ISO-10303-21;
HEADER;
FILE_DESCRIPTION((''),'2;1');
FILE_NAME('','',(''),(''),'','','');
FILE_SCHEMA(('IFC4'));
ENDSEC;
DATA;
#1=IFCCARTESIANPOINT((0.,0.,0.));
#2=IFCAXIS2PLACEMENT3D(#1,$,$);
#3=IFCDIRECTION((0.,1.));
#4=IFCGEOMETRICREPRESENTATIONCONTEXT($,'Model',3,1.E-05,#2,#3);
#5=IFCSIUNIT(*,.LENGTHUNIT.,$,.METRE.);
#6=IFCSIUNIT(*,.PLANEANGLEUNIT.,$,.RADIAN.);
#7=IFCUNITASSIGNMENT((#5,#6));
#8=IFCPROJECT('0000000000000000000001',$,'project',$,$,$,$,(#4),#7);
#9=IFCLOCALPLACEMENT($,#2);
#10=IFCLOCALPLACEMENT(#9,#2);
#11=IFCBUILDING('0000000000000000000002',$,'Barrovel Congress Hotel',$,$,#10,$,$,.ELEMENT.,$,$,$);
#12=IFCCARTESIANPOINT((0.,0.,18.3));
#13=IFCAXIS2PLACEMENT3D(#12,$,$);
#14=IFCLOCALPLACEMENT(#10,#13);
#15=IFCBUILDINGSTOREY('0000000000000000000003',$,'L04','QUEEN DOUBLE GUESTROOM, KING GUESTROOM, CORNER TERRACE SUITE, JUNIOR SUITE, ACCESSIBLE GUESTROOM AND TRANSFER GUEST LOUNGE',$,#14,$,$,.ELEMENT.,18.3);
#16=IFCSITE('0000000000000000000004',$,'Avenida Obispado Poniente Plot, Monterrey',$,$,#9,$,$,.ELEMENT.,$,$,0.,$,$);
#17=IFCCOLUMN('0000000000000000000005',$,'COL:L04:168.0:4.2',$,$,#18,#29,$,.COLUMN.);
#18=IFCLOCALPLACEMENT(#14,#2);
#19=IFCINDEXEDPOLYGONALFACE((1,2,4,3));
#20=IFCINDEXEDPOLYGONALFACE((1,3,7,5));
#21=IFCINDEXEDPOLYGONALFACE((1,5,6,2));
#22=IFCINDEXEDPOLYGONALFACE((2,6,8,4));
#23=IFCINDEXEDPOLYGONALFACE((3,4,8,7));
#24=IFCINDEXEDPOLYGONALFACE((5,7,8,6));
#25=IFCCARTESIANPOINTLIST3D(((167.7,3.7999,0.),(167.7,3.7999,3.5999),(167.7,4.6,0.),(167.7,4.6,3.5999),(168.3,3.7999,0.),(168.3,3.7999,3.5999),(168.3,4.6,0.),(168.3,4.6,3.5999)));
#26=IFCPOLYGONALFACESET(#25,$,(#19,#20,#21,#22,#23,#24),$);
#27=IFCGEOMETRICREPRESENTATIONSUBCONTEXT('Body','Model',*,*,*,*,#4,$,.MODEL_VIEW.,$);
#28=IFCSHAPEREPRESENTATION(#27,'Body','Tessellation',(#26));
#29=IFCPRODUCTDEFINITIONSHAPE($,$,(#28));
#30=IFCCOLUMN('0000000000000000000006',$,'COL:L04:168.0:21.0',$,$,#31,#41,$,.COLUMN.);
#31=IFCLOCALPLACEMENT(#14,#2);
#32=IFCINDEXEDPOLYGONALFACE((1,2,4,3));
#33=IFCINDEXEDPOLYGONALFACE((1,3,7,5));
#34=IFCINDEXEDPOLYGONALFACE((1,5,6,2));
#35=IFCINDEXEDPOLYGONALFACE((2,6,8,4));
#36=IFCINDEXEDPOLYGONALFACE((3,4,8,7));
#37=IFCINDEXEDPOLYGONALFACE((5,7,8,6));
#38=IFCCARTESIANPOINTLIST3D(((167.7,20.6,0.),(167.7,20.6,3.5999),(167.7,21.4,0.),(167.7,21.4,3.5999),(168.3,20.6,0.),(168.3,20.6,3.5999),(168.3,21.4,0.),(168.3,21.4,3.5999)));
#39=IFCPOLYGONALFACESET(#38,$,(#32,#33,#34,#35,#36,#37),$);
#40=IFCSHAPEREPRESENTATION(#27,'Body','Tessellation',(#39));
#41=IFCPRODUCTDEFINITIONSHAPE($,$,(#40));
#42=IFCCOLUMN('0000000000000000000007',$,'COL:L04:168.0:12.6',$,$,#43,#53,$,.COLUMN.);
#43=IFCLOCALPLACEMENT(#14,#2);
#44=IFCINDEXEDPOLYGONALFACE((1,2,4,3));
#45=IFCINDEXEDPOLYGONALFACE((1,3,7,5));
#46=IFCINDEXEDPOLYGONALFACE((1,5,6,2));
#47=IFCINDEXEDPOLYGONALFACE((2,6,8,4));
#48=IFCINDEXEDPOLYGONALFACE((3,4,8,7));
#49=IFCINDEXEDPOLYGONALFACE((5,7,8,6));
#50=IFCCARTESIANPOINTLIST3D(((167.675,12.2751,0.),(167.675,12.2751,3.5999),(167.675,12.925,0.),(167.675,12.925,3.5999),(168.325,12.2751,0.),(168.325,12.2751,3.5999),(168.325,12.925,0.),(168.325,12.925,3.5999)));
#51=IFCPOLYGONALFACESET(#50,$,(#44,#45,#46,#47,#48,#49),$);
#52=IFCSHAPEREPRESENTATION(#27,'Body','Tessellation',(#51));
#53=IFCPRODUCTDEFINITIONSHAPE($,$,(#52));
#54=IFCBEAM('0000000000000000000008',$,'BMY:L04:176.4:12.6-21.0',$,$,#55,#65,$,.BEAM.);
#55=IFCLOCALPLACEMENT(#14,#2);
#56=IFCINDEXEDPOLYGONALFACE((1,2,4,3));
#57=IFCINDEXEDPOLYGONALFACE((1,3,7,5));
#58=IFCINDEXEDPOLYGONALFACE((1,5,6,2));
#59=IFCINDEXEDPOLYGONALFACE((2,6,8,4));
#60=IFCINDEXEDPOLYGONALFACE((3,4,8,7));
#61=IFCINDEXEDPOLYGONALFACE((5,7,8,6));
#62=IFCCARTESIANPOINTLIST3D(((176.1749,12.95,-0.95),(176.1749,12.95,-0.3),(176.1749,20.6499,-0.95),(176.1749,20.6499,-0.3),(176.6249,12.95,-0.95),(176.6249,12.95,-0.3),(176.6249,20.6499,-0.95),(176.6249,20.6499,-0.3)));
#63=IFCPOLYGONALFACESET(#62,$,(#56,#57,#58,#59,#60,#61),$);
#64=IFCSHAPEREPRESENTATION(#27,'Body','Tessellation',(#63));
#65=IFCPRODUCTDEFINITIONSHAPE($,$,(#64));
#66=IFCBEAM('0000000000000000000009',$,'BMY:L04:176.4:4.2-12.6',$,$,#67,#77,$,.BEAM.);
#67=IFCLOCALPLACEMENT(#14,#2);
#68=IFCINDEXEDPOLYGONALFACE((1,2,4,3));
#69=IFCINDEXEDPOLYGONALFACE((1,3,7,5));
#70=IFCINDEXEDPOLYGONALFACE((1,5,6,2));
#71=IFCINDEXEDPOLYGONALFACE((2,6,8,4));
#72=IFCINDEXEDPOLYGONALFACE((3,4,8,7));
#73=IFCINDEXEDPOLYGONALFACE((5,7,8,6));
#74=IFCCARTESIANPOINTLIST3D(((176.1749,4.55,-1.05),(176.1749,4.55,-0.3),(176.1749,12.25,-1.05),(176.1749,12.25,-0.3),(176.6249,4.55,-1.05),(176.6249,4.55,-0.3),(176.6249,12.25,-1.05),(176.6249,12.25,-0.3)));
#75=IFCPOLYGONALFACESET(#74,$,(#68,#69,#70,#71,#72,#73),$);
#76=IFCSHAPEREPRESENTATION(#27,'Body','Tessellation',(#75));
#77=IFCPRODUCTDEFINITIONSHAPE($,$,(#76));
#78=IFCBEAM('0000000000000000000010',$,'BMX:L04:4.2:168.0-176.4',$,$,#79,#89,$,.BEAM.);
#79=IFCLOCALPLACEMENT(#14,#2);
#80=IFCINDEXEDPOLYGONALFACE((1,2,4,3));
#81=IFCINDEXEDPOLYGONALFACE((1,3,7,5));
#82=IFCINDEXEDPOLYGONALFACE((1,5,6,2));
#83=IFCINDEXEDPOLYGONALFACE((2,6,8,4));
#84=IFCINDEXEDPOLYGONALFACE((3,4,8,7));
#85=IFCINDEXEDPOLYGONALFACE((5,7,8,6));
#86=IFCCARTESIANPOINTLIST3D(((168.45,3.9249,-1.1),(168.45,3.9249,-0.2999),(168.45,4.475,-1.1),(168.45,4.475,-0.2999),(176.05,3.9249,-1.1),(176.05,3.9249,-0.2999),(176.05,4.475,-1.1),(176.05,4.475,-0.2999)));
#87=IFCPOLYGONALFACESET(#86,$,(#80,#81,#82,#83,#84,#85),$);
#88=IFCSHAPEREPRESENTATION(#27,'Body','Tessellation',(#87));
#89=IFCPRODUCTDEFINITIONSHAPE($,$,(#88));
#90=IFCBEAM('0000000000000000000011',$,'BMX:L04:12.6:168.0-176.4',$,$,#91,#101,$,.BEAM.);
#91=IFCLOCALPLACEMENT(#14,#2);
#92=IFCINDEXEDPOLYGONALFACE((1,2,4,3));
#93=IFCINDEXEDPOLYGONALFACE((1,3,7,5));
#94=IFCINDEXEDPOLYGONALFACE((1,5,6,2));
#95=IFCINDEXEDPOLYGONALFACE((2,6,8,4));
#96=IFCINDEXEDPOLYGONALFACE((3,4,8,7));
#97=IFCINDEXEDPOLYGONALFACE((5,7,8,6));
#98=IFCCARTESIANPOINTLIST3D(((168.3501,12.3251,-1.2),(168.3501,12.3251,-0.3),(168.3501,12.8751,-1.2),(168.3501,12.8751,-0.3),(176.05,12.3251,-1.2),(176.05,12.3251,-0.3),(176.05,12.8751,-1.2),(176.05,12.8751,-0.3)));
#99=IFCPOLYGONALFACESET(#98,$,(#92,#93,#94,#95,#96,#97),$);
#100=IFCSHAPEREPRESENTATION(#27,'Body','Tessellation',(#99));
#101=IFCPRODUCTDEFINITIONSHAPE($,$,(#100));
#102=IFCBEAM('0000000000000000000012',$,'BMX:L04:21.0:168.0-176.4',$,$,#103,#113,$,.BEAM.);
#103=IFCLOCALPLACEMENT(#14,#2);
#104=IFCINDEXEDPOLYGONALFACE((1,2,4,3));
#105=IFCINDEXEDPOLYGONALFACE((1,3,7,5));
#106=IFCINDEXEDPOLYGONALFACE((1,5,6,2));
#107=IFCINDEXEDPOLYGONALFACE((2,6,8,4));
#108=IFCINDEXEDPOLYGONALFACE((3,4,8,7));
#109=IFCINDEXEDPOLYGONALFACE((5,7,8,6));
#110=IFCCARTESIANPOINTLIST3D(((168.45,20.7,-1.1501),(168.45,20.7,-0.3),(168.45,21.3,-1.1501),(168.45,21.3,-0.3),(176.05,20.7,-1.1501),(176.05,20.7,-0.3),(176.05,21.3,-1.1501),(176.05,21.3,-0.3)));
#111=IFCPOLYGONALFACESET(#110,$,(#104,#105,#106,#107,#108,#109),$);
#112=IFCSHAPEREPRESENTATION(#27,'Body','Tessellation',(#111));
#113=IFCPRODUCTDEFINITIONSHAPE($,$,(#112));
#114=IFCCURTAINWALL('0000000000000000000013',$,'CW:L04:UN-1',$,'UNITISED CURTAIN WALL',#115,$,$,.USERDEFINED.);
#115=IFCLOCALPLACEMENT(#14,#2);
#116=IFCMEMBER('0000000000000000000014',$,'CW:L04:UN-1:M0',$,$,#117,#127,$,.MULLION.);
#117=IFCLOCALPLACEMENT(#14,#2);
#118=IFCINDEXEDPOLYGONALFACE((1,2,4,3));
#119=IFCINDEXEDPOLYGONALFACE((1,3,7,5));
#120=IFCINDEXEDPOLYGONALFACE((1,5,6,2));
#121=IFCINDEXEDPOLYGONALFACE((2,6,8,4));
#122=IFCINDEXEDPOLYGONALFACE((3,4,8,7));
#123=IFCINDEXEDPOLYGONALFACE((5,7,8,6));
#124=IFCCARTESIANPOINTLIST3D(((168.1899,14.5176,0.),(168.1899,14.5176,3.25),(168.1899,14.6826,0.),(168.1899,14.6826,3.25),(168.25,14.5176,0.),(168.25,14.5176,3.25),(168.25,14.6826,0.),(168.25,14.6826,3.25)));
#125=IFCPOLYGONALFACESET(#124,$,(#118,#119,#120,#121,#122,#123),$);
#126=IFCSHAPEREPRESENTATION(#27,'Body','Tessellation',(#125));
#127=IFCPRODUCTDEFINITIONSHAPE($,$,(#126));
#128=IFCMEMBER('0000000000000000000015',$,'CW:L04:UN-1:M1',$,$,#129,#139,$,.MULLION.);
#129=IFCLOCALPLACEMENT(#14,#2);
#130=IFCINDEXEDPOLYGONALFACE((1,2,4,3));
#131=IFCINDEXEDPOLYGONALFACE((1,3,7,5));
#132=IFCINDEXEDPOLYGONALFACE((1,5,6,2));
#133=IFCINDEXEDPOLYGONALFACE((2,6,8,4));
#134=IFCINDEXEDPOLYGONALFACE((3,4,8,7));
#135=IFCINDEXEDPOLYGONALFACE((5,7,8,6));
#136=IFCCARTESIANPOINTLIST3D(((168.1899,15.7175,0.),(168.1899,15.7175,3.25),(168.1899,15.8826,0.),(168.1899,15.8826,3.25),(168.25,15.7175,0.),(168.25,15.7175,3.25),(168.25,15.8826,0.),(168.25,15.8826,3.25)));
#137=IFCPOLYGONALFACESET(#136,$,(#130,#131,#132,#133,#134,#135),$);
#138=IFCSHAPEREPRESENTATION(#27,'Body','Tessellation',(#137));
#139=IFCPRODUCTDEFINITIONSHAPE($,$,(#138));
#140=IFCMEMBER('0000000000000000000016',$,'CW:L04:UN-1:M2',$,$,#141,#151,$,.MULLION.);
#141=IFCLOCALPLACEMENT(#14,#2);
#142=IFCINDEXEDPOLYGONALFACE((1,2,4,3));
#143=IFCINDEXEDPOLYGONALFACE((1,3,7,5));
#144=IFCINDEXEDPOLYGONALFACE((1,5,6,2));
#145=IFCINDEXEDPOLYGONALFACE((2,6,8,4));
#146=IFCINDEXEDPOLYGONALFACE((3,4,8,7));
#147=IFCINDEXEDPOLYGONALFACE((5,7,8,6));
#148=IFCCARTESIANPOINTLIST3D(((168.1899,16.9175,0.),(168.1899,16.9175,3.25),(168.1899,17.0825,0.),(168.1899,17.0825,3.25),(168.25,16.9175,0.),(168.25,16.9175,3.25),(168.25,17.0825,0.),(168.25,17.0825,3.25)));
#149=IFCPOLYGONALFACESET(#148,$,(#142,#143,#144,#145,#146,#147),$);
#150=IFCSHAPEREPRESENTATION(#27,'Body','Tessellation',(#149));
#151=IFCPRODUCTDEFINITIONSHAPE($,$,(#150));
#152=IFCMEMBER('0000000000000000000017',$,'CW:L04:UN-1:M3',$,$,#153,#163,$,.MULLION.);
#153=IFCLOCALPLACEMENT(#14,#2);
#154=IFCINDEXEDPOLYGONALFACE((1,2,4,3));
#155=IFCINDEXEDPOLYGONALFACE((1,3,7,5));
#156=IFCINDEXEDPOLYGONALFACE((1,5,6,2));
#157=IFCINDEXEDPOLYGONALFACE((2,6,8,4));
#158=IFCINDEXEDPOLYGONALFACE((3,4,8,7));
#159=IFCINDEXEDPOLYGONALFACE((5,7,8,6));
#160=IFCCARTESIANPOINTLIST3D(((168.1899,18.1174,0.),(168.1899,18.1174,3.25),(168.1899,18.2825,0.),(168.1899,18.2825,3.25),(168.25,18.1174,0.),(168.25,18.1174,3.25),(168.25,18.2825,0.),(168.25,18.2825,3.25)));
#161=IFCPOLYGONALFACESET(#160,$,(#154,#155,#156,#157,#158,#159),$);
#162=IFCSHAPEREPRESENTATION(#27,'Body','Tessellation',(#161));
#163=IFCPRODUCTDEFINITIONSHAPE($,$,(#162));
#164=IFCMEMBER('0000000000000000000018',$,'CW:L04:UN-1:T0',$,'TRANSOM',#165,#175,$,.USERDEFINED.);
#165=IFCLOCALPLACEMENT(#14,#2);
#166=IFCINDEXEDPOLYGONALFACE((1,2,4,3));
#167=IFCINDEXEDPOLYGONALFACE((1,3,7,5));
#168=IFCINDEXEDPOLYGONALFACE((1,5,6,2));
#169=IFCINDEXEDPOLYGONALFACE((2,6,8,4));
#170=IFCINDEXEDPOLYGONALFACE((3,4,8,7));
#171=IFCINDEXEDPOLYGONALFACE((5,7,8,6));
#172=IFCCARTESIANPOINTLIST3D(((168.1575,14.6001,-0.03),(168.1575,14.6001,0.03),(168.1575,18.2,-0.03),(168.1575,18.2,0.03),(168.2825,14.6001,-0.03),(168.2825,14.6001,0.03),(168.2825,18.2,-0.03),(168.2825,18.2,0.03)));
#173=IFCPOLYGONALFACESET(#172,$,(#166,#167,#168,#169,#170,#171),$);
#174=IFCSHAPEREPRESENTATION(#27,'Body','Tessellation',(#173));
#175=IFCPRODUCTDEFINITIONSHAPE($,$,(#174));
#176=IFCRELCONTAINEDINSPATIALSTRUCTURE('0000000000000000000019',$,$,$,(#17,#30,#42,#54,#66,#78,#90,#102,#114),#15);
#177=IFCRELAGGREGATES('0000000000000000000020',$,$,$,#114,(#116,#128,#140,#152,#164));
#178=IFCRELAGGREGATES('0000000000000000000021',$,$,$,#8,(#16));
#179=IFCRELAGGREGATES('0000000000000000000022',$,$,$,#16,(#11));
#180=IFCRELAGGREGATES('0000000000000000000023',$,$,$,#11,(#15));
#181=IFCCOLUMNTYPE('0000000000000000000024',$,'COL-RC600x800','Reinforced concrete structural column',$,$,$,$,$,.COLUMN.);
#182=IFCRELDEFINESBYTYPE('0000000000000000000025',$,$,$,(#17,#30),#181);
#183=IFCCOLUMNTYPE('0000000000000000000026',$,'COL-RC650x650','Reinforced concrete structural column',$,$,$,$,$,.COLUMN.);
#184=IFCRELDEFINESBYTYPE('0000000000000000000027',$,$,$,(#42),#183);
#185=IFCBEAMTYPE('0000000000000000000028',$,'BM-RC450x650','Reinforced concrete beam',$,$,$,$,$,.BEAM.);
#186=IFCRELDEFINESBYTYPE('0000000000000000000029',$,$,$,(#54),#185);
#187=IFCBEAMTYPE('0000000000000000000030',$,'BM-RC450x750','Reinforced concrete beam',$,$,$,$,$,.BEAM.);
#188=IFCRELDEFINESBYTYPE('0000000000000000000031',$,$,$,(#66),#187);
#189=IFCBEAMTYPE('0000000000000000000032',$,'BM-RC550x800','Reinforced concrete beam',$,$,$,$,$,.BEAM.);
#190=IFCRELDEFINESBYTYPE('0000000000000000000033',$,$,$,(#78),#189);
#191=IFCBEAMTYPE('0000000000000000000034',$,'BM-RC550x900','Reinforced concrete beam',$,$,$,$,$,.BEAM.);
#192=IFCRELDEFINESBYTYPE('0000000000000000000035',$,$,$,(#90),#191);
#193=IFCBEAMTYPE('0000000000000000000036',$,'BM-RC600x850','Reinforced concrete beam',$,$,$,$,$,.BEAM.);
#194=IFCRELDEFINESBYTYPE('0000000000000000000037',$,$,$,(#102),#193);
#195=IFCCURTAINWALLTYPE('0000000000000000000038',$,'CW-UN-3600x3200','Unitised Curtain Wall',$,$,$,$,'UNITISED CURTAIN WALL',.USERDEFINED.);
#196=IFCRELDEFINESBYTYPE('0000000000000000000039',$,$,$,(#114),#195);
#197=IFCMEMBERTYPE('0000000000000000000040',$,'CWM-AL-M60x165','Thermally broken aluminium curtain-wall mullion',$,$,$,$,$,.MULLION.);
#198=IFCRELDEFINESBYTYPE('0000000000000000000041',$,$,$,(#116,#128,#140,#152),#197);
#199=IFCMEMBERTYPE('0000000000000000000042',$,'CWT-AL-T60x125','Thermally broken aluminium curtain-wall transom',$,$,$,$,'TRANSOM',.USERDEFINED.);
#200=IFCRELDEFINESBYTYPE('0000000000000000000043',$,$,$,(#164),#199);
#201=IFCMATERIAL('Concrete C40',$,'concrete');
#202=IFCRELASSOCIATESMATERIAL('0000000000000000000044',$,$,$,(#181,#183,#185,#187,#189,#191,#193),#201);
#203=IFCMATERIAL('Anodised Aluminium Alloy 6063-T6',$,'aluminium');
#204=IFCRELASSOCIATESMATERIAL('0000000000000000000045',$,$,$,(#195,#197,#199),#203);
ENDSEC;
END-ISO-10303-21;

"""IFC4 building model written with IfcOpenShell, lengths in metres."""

from ifc_helpers import new_model, si_unit, direction, frame, origin, origin_2d, place, context, subcontext, project, spatial, rectangle, extrude, material, material_profile, profile_set, type_object, element, aggregate, save


model = new_model("IFC4")

# Units and contexts
model_context = context("Model", 3, precision=1e-05, world=origin(), true_north=direction((0.0, 1.0)))
body_context = subcontext(model_context, "Body", "Model", "MODEL_VIEW")
ifc_project = project(units=[si_unit("LENGTHUNIT", "METRE"), si_unit("PLANEANGLEUNIT", "RADIAN")], contexts=[model_context])

# Site, building, storey
site_placement = place(None, origin())
site = spatial("IfcSite", under=ifc_project, at=site_placement, Name="Avenida Obispado Poniente Plot, Monterrey", CompositionType="ELEMENT", RefElevation=0.0)
building_placement = place(site_placement, origin())
building = spatial("IfcBuilding", under=site, at=building_placement, Name="Barrovel Congress Hotel", CompositionType="ELEMENT")
storey_placement = place(building_placement, frame((0.0, 0.0, 18.3)))
storey = spatial("IfcBuildingStorey", under=building, at=storey_placement, Name="L04", Description="QUEEN DOUBLE GUESTROOM, KING GUESTROOM, CORNER TERRACE SUITE, JUNIOR SUITE, ACCESSIBLE GUESTROOM AND TRANSFER GUEST LOUNGE", CompositionType="ELEMENT", Elevation=18.3)

# Columns
ifc_material_1 = material(Name="Concrete C40", Category="concrete")
ifc_material_profile_1 = material_profile(ifc_material_1, rectangle(XDim=0.6001, YDim=0.8, at=origin_2d()), Name="RC600x800")
ifc_profile_set_1 = profile_set([ifc_material_profile_1], Name="Concrete C40")
column_type_1 = type_object("IfcColumnType", Name="COL-RC600x800", Description="Reinforced concrete structural column", PredefinedType="COLUMN", material=ifc_profile_set_1)
for number, where, z_axis, x_axis, name in (
    (1, (168.0, 4.2, 0.0), (0.0, 0.0, 1.0), (1.0, 0.0, 0.0), "COL:L04:168.0:4.2"),
    (2, (168.0, 21.0, 0.0), (0.0, 0.0, 1.0), (1.0, 0.0, 0.0), "COL:L04:168.0:21.0"),
):
    element("IfcColumn", number, at=place(storey_placement, frame(where, z_axis=z_axis, x_axis=x_axis)), inside=storey, type_object=column_type_1, Name=name, PredefinedType="COLUMN", context=body_context, shape_type="SweptSolid", body=[
        extrude(rectangle(XDim=0.6001, YDim=0.8, at=origin_2d()), origin(), (0.0, 0.0, 1.0), 3.5999),
    ])
ifc_material_profile_2 = material_profile(ifc_material_1, rectangle(XDim=0.6499, YDim=0.6499, at=origin_2d()), Name="RC650x650")
ifc_profile_set_2 = profile_set([ifc_material_profile_2], Name="Concrete C40")
column_type_2 = type_object("IfcColumnType", Name="COL-RC650x650", Description="Reinforced concrete structural column", PredefinedType="COLUMN", material=ifc_profile_set_2)
column_placement = place(storey_placement, frame((168.0, 12.6001, 0.0), z_axis=(0.0, 0.0, 1.0), x_axis=(1.0, 0.0, 0.0)))
element("IfcColumn", 3, at=column_placement, inside=storey, type_object=column_type_2, Name="COL:L04:168.0:12.6", PredefinedType="COLUMN", context=body_context, shape_type="SweptSolid", body=[
    extrude(rectangle(XDim=0.6499, YDim=0.6499, at=origin_2d()), origin(), (0.0, 0.0, 1.0), 3.5999),
])

# Beams
ifc_material_profile_3 = material_profile(ifc_material_1, rectangle(XDim=0.45, YDim=0.6499, at=origin_2d()), Name="RC450x650")
ifc_profile_set_3 = profile_set([ifc_material_profile_3], Name="Concrete C40")
beam_type_1 = type_object("IfcBeamType", Name="BM-RC450x650", Description="Reinforced concrete beam", PredefinedType="BEAM", material=ifc_profile_set_3)
beam_1_placement = place(storey_placement, frame((176.3999, 12.95, -0.625), z_axis=(0.0, 1.0, 0.0), x_axis=(-1.0, 0.0, 0.0)))
element("IfcBeam", 4, at=beam_1_placement, inside=storey, type_object=beam_type_1, Name="BMY:L04:176.4:12.6-21.0", PredefinedType="BEAM", context=body_context, shape_type="SweptSolid", body=[
    extrude(rectangle(XDim=0.45, YDim=0.6499, at=origin_2d()), origin(), (0.0, 0.0, 1.0), 7.7),
])
ifc_material_profile_4 = material_profile(ifc_material_1, rectangle(XDim=0.45, YDim=0.75, at=origin_2d()), Name="RC450x750")
ifc_profile_set_4 = profile_set([ifc_material_profile_4], Name="Concrete C40")
beam_type_2 = type_object("IfcBeamType", Name="BM-RC450x750", Description="Reinforced concrete beam", PredefinedType="BEAM", material=ifc_profile_set_4)
beam_2_placement = place(storey_placement, frame((176.3999, 4.55, -0.675), z_axis=(0.0, 1.0, 0.0), x_axis=(-1.0, 0.0, 0.0)))
element("IfcBeam", 5, at=beam_2_placement, inside=storey, type_object=beam_type_2, Name="BMY:L04:176.4:4.2-12.6", PredefinedType="BEAM", context=body_context, shape_type="SweptSolid", body=[
    extrude(rectangle(XDim=0.45, YDim=0.75, at=origin_2d()), origin(), (0.0, 0.0, 1.0), 7.7),
])
ifc_material_profile_5 = material_profile(ifc_material_1, rectangle(XDim=0.55, YDim=0.8, at=origin_2d()), Name="RC550x800")
ifc_profile_set_5 = profile_set([ifc_material_profile_5], Name="Concrete C40")
beam_type_3 = type_object("IfcBeamType", Name="BM-RC550x800", Description="Reinforced concrete beam", PredefinedType="BEAM", material=ifc_profile_set_5)
beam_3_placement = place(storey_placement, frame((168.45, 4.2, -0.7), z_axis=(1.0, 0.0, 0.0), x_axis=(0.0, 1.0, 0.0)))
element("IfcBeam", 6, at=beam_3_placement, inside=storey, type_object=beam_type_3, Name="BMX:L04:4.2:168.0-176.4", PredefinedType="BEAM", context=body_context, shape_type="SweptSolid", body=[
    extrude(rectangle(XDim=0.55, YDim=0.8, at=origin_2d()), origin(), (0.0, 0.0, 1.0), 7.6001),
])
ifc_material_profile_6 = material_profile(ifc_material_1, rectangle(XDim=0.55, YDim=0.8999, at=origin_2d()), Name="RC550x900")
ifc_profile_set_6 = profile_set([ifc_material_profile_6], Name="Concrete C40")
beam_type_4 = type_object("IfcBeamType", Name="BM-RC550x900", Description="Reinforced concrete beam", PredefinedType="BEAM", material=ifc_profile_set_6)
beam_4_placement = place(storey_placement, frame((168.3501, 12.6001, -0.75), z_axis=(1.0, 0.0, 0.0), x_axis=(0.0, 1.0, 0.0)))
element("IfcBeam", 7, at=beam_4_placement, inside=storey, type_object=beam_type_4, Name="BMX:L04:12.6:168.0-176.4", PredefinedType="BEAM", context=body_context, shape_type="SweptSolid", body=[
    extrude(rectangle(XDim=0.55, YDim=0.8999, at=origin_2d()), origin(), (0.0, 0.0, 1.0), 7.7),
])
ifc_material_profile_7 = material_profile(ifc_material_1, rectangle(XDim=0.6001, YDim=0.8501, at=origin_2d()), Name="RC600x850")
ifc_profile_set_7 = profile_set([ifc_material_profile_7], Name="Concrete C40")
beam_type_5 = type_object("IfcBeamType", Name="BM-RC600x850", Description="Reinforced concrete beam", PredefinedType="BEAM", material=ifc_profile_set_7)
beam_5_placement = place(storey_placement, frame((168.45, 21.0, -0.7251), z_axis=(1.0, 0.0, 0.0), x_axis=(0.0, 1.0, 0.0)))
element("IfcBeam", 8, at=beam_5_placement, inside=storey, type_object=beam_type_5, Name="BMX:L04:21.0:168.0-176.4", PredefinedType="BEAM", context=body_context, shape_type="SweptSolid", body=[
    extrude(rectangle(XDim=0.6001, YDim=0.8501, at=origin_2d()), origin(), (0.0, 0.0, 1.0), 7.6001),
])

# Curtain wall, members
ifc_material_2 = material(Name="Anodised Aluminium Alloy 6063-T6", Category="aluminium")
curtain_wall_type = type_object("IfcCurtainWallType", Name="CW-UN-3600x3200", Description="Unitised Curtain Wall", ElementType="UNITISED CURTAIN WALL", PredefinedType="USERDEFINED", material=ifc_material_2)
curtain_wall_placement = place(storey_placement, origin())
curtain_wall = element("IfcCurtainWall", 9, at=curtain_wall_placement, inside=storey, type_object=curtain_wall_type, Name="CW:L04:UN-1", ObjectType="UNITISED CURTAIN WALL", PredefinedType="USERDEFINED")
ifc_material_profile_8 = material_profile(ifc_material_2, rectangle(XDim=0.0601, YDim=0.165, at=origin_2d()), Name="AL-M60x165")
ifc_profile_set_8 = profile_set([ifc_material_profile_8], Name="Anodised Aluminium Alloy 6063-T6")
member_type_1 = type_object("IfcMemberType", Name="CWM-AL-M60x165", Description="Thermally broken aluminium curtain-wall mullion", PredefinedType="MULLION", material=ifc_profile_set_8)
member_1_placement = place(storey_placement, frame((168.22, 14.6001, 0.0), z_axis=(0.0, 0.0, 1.0), x_axis=(1.0, 0.0, 0.0)))
member_1 = element("IfcMember", 10, at=member_1_placement, type_object=member_type_1, Name="CW:L04:UN-1:M0", PredefinedType="MULLION", context=body_context, shape_type="SweptSolid", body=[
    extrude(rectangle(XDim=0.0601, YDim=0.165, at=origin_2d()), origin(), (0.0, 0.0, 1.0), 3.25),
])
member_2_placement = place(storey_placement, frame((168.22, 15.8, 0.0), z_axis=(0.0, 0.0, 1.0), x_axis=(1.0, 0.0, 0.0)))
member_2 = element("IfcMember", 11, at=member_2_placement, type_object=member_type_1, Name="CW:L04:UN-1:M1", PredefinedType="MULLION", context=body_context, shape_type="SweptSolid", body=[
    extrude(rectangle(XDim=0.0601, YDim=0.165, at=origin_2d()), origin(), (0.0, 0.0, 1.0), 3.25),
])
member_3_placement = place(storey_placement, frame((168.22, 17.0, 0.0), z_axis=(0.0, 0.0, 1.0), x_axis=(1.0, 0.0, 0.0)))
member_3 = element("IfcMember", 12, at=member_3_placement, type_object=member_type_1, Name="CW:L04:UN-1:M2", PredefinedType="MULLION", context=body_context, shape_type="SweptSolid", body=[
    extrude(rectangle(XDim=0.0601, YDim=0.165, at=origin_2d()), origin(), (0.0, 0.0, 1.0), 3.25),
])
member_4_placement = place(storey_placement, frame((168.22, 18.2, 0.0), z_axis=(0.0, 0.0, 1.0), x_axis=(1.0, 0.0, 0.0)))
member_4 = element("IfcMember", 13, at=member_4_placement, type_object=member_type_1, Name="CW:L04:UN-1:M3", PredefinedType="MULLION", context=body_context, shape_type="SweptSolid", body=[
    extrude(rectangle(XDim=0.0601, YDim=0.165, at=origin_2d()), origin(), (0.0, 0.0, 1.0), 3.25),
])
ifc_material_profile_9 = material_profile(ifc_material_2, rectangle(XDim=0.125, YDim=0.0601, at=origin_2d()), Name="AL-T60x125")
ifc_profile_set_9 = profile_set([ifc_material_profile_9], Name="Anodised Aluminium Alloy 6063-T6")
member_type_2 = type_object("IfcMemberType", Name="CWT-AL-T60x125", Description="Thermally broken aluminium curtain-wall transom", ElementType="TRANSOM", PredefinedType="USERDEFINED", material=ifc_profile_set_9)
member_5_placement = place(storey_placement, frame((168.22, 14.6001, 0.0), z_axis=(0.0, 1.0, 0.0), x_axis=(-1.0, 0.0, 0.0)))
member_5 = element("IfcMember", 14, at=member_5_placement, type_object=member_type_2, Name="CW:L04:UN-1:T0", ObjectType="TRANSOM", PredefinedType="USERDEFINED", context=body_context, shape_type="SweptSolid", body=[
    extrude(rectangle(XDim=0.125, YDim=0.0601, at=origin_2d()), origin(), (0.0, 0.0, 1.0), 3.5999),
])

aggregate(curtain_wall, [member_1, member_2, member_3, member_4, member_5])

save(model, "model.ifc")
